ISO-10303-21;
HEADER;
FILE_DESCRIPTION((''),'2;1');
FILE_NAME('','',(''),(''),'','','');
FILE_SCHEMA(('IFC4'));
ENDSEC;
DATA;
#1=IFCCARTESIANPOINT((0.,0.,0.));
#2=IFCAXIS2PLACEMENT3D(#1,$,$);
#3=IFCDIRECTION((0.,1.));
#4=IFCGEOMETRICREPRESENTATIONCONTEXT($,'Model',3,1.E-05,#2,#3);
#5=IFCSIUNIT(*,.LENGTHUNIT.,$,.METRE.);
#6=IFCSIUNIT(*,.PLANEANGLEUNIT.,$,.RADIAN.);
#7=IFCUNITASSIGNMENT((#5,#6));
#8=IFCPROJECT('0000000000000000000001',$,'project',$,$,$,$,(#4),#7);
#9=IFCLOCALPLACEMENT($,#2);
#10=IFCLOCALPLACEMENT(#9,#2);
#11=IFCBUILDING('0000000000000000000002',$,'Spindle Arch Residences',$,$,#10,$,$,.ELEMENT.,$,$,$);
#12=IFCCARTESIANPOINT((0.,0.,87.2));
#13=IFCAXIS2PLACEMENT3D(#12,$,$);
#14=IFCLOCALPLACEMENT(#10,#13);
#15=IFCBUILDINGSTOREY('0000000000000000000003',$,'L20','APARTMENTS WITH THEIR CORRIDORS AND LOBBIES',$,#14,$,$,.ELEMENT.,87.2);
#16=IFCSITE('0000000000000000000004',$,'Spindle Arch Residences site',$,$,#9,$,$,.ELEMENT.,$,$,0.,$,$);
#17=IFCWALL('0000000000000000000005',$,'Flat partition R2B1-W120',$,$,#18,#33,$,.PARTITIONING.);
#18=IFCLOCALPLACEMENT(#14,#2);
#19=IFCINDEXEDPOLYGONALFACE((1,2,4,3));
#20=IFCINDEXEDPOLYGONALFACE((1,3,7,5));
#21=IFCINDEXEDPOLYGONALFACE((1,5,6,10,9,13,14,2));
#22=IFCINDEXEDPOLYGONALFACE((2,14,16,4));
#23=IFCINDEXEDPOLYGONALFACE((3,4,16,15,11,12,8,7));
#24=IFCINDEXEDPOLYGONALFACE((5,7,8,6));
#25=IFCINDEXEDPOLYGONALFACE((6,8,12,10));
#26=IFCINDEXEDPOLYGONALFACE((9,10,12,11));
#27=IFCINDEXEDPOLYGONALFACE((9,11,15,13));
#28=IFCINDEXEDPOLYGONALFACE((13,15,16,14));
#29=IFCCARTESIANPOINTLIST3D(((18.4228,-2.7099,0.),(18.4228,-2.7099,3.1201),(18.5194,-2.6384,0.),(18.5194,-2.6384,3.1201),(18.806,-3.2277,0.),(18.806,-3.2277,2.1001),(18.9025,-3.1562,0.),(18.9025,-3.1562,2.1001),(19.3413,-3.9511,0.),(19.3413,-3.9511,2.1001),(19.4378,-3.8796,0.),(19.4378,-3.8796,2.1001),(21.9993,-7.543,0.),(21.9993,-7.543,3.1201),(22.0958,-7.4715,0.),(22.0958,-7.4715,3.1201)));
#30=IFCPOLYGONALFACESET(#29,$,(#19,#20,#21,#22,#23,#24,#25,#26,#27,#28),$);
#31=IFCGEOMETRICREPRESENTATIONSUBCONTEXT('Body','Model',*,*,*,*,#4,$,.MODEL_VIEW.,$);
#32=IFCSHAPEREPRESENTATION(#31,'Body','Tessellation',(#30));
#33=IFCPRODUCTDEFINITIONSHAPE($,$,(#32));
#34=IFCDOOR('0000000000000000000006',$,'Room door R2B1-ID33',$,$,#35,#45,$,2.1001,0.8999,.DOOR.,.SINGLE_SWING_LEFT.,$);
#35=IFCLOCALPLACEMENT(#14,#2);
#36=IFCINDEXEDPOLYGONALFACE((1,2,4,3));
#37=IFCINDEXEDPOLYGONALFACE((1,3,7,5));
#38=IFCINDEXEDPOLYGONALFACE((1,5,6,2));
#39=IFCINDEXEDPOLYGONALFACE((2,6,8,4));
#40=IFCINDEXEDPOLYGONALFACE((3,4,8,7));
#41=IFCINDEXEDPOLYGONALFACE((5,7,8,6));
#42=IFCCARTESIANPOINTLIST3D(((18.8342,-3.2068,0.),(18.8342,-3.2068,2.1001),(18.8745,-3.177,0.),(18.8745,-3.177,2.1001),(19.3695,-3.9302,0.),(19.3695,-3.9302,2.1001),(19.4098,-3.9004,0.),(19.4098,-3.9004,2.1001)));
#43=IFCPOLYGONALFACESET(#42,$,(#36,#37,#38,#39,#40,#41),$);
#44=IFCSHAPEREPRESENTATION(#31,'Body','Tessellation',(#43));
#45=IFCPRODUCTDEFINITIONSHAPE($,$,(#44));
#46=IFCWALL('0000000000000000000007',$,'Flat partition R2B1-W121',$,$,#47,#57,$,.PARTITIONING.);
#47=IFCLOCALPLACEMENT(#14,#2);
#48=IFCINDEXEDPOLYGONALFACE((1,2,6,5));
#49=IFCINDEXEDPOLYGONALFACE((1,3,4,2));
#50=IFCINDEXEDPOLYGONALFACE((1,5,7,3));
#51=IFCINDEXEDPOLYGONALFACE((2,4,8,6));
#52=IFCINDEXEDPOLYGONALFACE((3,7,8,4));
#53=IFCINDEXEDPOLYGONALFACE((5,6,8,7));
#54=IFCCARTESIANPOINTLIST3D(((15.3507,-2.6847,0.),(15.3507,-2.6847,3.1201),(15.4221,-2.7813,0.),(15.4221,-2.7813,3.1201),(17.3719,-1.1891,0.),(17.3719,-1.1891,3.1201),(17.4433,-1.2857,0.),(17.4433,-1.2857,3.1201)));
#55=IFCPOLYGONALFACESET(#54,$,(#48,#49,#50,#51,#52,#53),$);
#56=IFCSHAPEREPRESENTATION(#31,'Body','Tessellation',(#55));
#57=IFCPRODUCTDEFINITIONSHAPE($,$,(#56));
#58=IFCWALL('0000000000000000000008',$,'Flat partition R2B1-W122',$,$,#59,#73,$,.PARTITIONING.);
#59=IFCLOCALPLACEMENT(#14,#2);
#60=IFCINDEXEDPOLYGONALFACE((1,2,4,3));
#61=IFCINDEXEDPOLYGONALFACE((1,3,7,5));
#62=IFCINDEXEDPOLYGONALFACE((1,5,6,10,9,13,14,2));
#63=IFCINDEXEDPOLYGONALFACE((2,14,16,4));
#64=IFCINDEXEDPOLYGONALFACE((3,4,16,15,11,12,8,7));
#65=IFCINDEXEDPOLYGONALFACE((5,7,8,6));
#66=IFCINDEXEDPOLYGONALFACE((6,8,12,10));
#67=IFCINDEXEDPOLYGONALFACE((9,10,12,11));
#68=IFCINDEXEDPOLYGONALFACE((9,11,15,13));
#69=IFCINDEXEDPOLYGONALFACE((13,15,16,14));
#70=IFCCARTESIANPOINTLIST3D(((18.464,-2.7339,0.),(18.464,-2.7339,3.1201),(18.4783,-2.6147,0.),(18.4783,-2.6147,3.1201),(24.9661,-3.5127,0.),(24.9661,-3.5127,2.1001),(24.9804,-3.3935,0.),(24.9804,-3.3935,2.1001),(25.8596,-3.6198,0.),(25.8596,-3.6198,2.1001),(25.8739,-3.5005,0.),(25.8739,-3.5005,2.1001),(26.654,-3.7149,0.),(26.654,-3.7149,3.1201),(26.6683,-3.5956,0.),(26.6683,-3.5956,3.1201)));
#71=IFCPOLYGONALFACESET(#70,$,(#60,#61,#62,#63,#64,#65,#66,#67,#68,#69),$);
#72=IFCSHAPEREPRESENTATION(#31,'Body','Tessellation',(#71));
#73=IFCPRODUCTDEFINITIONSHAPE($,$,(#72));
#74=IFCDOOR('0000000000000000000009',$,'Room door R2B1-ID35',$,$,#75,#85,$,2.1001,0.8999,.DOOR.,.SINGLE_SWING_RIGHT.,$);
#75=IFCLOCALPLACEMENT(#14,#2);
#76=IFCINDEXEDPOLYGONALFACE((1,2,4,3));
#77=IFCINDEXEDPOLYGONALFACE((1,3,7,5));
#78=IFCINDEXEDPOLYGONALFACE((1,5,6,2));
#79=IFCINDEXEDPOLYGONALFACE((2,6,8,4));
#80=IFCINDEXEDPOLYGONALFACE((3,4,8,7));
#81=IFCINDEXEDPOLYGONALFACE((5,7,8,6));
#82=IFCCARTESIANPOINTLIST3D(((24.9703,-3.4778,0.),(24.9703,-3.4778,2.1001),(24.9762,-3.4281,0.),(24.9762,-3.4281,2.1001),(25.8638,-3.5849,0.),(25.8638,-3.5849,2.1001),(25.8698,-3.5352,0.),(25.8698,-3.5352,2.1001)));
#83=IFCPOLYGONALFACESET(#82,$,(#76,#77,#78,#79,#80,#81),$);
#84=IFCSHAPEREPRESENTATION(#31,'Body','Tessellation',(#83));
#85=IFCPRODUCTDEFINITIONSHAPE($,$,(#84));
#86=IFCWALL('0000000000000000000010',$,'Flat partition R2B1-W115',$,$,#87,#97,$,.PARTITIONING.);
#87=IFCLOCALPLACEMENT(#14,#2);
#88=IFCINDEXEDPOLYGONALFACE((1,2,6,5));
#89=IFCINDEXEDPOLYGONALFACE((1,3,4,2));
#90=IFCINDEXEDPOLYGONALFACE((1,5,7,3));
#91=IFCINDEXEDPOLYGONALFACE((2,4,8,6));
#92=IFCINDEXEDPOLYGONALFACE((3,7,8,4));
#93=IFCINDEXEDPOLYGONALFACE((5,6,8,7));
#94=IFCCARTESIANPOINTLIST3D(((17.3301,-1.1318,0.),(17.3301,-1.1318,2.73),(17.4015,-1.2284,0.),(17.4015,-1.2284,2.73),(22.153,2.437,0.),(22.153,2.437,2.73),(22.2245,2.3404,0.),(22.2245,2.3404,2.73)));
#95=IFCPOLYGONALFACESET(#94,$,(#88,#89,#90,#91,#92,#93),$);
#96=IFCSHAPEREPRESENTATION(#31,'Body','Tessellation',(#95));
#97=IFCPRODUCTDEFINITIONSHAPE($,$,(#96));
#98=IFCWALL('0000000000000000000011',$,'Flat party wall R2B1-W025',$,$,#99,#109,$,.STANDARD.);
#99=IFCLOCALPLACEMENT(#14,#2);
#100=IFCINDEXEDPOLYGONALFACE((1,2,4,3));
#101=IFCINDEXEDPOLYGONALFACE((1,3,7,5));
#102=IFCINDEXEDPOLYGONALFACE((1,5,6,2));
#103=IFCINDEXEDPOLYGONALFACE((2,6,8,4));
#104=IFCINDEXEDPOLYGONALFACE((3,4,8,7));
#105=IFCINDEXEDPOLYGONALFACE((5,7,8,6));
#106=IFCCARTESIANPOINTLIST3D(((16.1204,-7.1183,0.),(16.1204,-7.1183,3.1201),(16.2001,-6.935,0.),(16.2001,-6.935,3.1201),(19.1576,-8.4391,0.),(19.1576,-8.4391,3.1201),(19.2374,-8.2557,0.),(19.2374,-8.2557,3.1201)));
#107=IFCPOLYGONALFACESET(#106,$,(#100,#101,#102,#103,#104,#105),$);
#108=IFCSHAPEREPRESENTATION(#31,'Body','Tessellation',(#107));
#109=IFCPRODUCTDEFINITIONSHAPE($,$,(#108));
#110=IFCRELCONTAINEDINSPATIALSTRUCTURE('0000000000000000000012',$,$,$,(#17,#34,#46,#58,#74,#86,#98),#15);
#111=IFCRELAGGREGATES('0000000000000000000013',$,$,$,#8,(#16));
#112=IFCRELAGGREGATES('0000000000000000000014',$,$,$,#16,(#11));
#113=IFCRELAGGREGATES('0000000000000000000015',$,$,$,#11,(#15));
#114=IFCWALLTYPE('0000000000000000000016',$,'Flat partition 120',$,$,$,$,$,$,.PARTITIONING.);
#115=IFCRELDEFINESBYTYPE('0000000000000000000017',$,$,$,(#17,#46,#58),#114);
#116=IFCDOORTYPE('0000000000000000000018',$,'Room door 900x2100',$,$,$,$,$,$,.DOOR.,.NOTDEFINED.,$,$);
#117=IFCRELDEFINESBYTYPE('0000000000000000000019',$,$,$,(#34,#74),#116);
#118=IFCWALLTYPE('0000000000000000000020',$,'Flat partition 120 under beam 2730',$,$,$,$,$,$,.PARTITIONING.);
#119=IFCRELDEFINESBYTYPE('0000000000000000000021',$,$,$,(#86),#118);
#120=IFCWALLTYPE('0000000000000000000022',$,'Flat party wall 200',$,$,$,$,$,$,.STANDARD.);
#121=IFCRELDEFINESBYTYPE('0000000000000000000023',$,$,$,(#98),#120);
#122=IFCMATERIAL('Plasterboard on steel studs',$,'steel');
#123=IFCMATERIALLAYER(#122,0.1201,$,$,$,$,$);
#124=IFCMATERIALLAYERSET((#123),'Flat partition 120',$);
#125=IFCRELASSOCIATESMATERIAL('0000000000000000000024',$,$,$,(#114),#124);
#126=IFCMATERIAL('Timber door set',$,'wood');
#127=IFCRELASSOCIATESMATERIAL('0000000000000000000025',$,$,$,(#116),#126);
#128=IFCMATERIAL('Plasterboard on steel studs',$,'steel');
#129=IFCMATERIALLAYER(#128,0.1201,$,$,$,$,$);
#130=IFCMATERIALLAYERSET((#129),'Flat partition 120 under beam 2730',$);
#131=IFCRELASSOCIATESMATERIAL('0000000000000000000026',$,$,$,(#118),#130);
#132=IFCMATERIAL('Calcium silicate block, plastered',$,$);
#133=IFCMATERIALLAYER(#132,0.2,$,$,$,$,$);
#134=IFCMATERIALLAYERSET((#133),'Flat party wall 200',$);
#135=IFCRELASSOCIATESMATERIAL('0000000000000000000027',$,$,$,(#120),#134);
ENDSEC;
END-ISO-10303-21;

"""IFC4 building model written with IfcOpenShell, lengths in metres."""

from ifc_helpers import new_model, si_unit, direction, frame, frame_2d, origin, place, context, subcontext, project, spatial, rectangle, extrude, material, layer, layer_set, type_object, element, fill, save


model = new_model("IFC4")

# Units and contexts
model_context = context("Model", 3, precision=1e-05, world=origin(), true_north=direction((0.0, 1.0)))
body_context = subcontext(model_context, "Body", "Model", "MODEL_VIEW")
ifc_project = project(units=[si_unit("LENGTHUNIT", "METRE"), si_unit("PLANEANGLEUNIT", "RADIAN")], contexts=[model_context])

# Site, building, storey
site_placement = place(None, origin())
site = spatial("IfcSite", under=ifc_project, at=site_placement, Name="Spindle Arch Residences site", CompositionType="ELEMENT", RefElevation=0.0)
building_placement = place(site_placement, origin())
building = spatial("IfcBuilding", under=site, at=building_placement, Name="Spindle Arch Residences", CompositionType="ELEMENT")
storey_placement = place(building_placement, frame((0.0, 0.0, 87.2)))
storey = spatial("IfcBuildingStorey", under=building, at=storey_placement, Name="L20", Description="APARTMENTS WITH THEIR CORRIDORS AND LOBBIES", CompositionType="ELEMENT", Elevation=87.2)

# Shared definitions
ifc_material_1 = material(Name="Plasterboard on steel studs", Category="steel")
ifc_layer_1 = layer(ifc_material_1, 0.1201)
ifc_layer_set_1 = layer_set([ifc_layer_1], Name="Flat partition 120")
wall_type_1 = type_object("IfcWallType", Name="Flat partition 120", PredefinedType="PARTITIONING", material=ifc_layer_set_1)
ifc_material_2 = material(Name="Timber door set", Category="wood")
door_type_1 = type_object("IfcDoorType", Name="Room door 900x2100", OperationType="NOTDEFINED", PredefinedType="DOOR", material=ifc_material_2)

# Wall, opening, door
wall_1_placement = place(storey_placement, frame((22.0476, -7.5073, 0.0), z_axis=(0.0, 0.0, 1.0), x_axis=(-0.594842, 0.803843, 0.0)))
wall_1 = element("IfcWall", 1, at=wall_1_placement, inside=storey, type_object=wall_type_1, Name="Flat partition R2B1-W120", PredefinedType="PARTITIONING", context=body_context, shape_type="SweptSolid", body=[
    extrude(rectangle(XDim=6.0125, YDim=0.1201, at=frame_2d((3.0063, 0.0))), origin(), (0.0, 0.0, 1.0), 3.1201),
])
opening_1_placement = place(wall_1_placement, frame((4.4685, 0.0, 0.0)))
opening_1 = element("IfcOpeningElement", 2, at=opening_1_placement, cuts=wall_1, PredefinedType="OPENING", context=body_context, shape_type="SweptSolid", body=[
    extrude(rectangle(XDim=0.8999, YDim=2.1001, at=frame_2d((0.45, 1.05))), frame((0.0, 0.0701, 0.0), z_axis=(0.0, -1.0, 0.0), x_axis=(1.0, 0.0, 0.0)), (0.0, 0.0, 1.0), 0.1401),
])
door_1_placement = place(opening_1_placement, origin())
door_1 = element("IfcDoor", 3, at=door_1_placement, inside=storey, type_object=door_type_1, Name="Room door R2B1-ID33", OperationType="SINGLE_SWING_LEFT", OverallHeight=2.1001, OverallWidth=0.8999, PredefinedType="DOOR", context=body_context, shape_type="SweptSolid", body=[
    extrude(rectangle(XDim=0.8999, YDim=2.1001, at=frame_2d((0.45, 1.05))), frame((0.0, 0.0249, 0.0), z_axis=(0.0, -1.0, 0.0), x_axis=(1.0, 0.0, 0.0)), (0.0, 0.0, 1.0), 0.05),
])
fill(opening_1, door_1)

# Wall
wall_2_placement = place(storey_placement, frame((17.4077, -1.2373, 0.0), z_axis=(0.0, 0.0, 1.0), x_axis=(-0.803863, -0.594814, 0.0)))
element("IfcWall", 4, at=wall_2_placement, inside=storey, type_object=wall_type_1, Name="Flat partition R2B1-W121", PredefinedType="PARTITIONING", context=body_context, shape_type="SweptSolid", body=[
    extrude(rectangle(XDim=2.5144, YDim=0.1201, at=frame_2d((1.2573, 0.0))), origin(), (0.0, 0.0, 1.0), 3.1201),
])

# Wall, opening, door
wall_3_placement = place(storey_placement, frame((26.6611, -3.6553, 0.0), z_axis=(0.0, 0.0, 1.0), x_axis=(-0.992903, 0.118926, 0.0)))
wall_3 = element("IfcWall", 5, at=wall_3_placement, inside=storey, type_object=wall_type_1, Name="Flat partition R2B1-W122", PredefinedType="PARTITIONING", context=body_context, shape_type="SweptSolid", body=[
    extrude(rectangle(XDim=8.2485, YDim=0.1201, at=frame_2d((4.1243, 0.0))), origin(), (0.0, 0.0, 1.0), 3.1201),
])
opening_2_placement = place(wall_3_placement, frame((0.8, 0.0, 0.0)))
opening_2 = element("IfcOpeningElement", 6, at=opening_2_placement, cuts=wall_3, PredefinedType="OPENING", context=body_context, shape_type="SweptSolid", body=[
    extrude(rectangle(XDim=0.8999, YDim=2.1001, at=frame_2d((0.45, 1.05))), frame((0.0, 0.0701, 0.0), z_axis=(0.0, -1.0, 0.0), x_axis=(1.0, 0.0, 0.0)), (0.0, 0.0, 1.0), 0.1401),
])
door_2_placement = place(opening_2_placement, origin())
door_2 = element("IfcDoor", 7, at=door_2_placement, inside=storey, type_object=door_type_1, Name="Room door R2B1-ID35", OperationType="SINGLE_SWING_RIGHT", OverallHeight=2.1001, OverallWidth=0.8999, PredefinedType="DOOR", context=body_context, shape_type="SweptSolid", body=[
    extrude(rectangle(XDim=0.8999, YDim=2.1001, at=frame_2d((0.45, 1.05))), frame((0.0, 0.0249, 0.0), z_axis=(0.0, -1.0, 0.0), x_axis=(1.0, 0.0, 0.0)), (0.0, 0.0, 1.0), 0.05),
])
fill(opening_2, door_2)

# Walls
ifc_material_3 = material(Name="Plasterboard on steel studs", Category="steel")
ifc_layer_2 = layer(ifc_material_3, 0.1201)
ifc_layer_set_2 = layer_set([ifc_layer_2], Name="Flat partition 120 under beam 2730")
wall_type_2 = type_object("IfcWallType", Name="Flat partition 120 under beam 2730", PredefinedType="PARTITIONING", material=ifc_layer_set_2)
wall_4_placement = place(storey_placement, frame((17.3657, -1.1802, 0.0), z_axis=(0.0, 0.0, 1.0), x_axis=(0.803856, 0.594825, 0.0)))
element("IfcWall", 8, at=wall_4_placement, inside=storey, type_object=wall_type_2, Name="Flat partition R2B1-W115", PredefinedType="PARTITIONING", context=body_context, shape_type="SweptSolid", body=[
    extrude(rectangle(XDim=5.9998, YDim=0.1201, at=frame_2d((3.0, 0.0))), origin(), (0.0, 0.0, 1.0), 2.73),
])
ifc_material_4 = material(Name="Calcium silicate block, plastered")
ifc_layer_3 = layer(ifc_material_4, 0.2)
ifc_layer_set_3 = layer_set([ifc_layer_3], Name="Flat party wall 200")
wall_type_3 = type_object("IfcWallType", Name="Flat party wall 200", PredefinedType="STANDARD", material=ifc_layer_set_3)
wall_5_placement = place(storey_placement, frame((19.1975, -8.3474, 0.0), z_axis=(0.0, 0.0, 1.0), x_axis=(-0.917047, 0.39878, 0.0)))
element("IfcWall", 9, at=wall_5_placement, inside=storey, type_object=wall_type_3, Name="Flat party wall R2B1-W025", PredefinedType="STANDARD", context=body_context, shape_type="SweptSolid", body=[
    extrude(rectangle(XDim=3.312, YDim=0.2, at=frame_2d((1.656, 0.0))), origin(), (0.0, 0.0, 1.0), 3.1201),
])

save(model, "model.ifc")
